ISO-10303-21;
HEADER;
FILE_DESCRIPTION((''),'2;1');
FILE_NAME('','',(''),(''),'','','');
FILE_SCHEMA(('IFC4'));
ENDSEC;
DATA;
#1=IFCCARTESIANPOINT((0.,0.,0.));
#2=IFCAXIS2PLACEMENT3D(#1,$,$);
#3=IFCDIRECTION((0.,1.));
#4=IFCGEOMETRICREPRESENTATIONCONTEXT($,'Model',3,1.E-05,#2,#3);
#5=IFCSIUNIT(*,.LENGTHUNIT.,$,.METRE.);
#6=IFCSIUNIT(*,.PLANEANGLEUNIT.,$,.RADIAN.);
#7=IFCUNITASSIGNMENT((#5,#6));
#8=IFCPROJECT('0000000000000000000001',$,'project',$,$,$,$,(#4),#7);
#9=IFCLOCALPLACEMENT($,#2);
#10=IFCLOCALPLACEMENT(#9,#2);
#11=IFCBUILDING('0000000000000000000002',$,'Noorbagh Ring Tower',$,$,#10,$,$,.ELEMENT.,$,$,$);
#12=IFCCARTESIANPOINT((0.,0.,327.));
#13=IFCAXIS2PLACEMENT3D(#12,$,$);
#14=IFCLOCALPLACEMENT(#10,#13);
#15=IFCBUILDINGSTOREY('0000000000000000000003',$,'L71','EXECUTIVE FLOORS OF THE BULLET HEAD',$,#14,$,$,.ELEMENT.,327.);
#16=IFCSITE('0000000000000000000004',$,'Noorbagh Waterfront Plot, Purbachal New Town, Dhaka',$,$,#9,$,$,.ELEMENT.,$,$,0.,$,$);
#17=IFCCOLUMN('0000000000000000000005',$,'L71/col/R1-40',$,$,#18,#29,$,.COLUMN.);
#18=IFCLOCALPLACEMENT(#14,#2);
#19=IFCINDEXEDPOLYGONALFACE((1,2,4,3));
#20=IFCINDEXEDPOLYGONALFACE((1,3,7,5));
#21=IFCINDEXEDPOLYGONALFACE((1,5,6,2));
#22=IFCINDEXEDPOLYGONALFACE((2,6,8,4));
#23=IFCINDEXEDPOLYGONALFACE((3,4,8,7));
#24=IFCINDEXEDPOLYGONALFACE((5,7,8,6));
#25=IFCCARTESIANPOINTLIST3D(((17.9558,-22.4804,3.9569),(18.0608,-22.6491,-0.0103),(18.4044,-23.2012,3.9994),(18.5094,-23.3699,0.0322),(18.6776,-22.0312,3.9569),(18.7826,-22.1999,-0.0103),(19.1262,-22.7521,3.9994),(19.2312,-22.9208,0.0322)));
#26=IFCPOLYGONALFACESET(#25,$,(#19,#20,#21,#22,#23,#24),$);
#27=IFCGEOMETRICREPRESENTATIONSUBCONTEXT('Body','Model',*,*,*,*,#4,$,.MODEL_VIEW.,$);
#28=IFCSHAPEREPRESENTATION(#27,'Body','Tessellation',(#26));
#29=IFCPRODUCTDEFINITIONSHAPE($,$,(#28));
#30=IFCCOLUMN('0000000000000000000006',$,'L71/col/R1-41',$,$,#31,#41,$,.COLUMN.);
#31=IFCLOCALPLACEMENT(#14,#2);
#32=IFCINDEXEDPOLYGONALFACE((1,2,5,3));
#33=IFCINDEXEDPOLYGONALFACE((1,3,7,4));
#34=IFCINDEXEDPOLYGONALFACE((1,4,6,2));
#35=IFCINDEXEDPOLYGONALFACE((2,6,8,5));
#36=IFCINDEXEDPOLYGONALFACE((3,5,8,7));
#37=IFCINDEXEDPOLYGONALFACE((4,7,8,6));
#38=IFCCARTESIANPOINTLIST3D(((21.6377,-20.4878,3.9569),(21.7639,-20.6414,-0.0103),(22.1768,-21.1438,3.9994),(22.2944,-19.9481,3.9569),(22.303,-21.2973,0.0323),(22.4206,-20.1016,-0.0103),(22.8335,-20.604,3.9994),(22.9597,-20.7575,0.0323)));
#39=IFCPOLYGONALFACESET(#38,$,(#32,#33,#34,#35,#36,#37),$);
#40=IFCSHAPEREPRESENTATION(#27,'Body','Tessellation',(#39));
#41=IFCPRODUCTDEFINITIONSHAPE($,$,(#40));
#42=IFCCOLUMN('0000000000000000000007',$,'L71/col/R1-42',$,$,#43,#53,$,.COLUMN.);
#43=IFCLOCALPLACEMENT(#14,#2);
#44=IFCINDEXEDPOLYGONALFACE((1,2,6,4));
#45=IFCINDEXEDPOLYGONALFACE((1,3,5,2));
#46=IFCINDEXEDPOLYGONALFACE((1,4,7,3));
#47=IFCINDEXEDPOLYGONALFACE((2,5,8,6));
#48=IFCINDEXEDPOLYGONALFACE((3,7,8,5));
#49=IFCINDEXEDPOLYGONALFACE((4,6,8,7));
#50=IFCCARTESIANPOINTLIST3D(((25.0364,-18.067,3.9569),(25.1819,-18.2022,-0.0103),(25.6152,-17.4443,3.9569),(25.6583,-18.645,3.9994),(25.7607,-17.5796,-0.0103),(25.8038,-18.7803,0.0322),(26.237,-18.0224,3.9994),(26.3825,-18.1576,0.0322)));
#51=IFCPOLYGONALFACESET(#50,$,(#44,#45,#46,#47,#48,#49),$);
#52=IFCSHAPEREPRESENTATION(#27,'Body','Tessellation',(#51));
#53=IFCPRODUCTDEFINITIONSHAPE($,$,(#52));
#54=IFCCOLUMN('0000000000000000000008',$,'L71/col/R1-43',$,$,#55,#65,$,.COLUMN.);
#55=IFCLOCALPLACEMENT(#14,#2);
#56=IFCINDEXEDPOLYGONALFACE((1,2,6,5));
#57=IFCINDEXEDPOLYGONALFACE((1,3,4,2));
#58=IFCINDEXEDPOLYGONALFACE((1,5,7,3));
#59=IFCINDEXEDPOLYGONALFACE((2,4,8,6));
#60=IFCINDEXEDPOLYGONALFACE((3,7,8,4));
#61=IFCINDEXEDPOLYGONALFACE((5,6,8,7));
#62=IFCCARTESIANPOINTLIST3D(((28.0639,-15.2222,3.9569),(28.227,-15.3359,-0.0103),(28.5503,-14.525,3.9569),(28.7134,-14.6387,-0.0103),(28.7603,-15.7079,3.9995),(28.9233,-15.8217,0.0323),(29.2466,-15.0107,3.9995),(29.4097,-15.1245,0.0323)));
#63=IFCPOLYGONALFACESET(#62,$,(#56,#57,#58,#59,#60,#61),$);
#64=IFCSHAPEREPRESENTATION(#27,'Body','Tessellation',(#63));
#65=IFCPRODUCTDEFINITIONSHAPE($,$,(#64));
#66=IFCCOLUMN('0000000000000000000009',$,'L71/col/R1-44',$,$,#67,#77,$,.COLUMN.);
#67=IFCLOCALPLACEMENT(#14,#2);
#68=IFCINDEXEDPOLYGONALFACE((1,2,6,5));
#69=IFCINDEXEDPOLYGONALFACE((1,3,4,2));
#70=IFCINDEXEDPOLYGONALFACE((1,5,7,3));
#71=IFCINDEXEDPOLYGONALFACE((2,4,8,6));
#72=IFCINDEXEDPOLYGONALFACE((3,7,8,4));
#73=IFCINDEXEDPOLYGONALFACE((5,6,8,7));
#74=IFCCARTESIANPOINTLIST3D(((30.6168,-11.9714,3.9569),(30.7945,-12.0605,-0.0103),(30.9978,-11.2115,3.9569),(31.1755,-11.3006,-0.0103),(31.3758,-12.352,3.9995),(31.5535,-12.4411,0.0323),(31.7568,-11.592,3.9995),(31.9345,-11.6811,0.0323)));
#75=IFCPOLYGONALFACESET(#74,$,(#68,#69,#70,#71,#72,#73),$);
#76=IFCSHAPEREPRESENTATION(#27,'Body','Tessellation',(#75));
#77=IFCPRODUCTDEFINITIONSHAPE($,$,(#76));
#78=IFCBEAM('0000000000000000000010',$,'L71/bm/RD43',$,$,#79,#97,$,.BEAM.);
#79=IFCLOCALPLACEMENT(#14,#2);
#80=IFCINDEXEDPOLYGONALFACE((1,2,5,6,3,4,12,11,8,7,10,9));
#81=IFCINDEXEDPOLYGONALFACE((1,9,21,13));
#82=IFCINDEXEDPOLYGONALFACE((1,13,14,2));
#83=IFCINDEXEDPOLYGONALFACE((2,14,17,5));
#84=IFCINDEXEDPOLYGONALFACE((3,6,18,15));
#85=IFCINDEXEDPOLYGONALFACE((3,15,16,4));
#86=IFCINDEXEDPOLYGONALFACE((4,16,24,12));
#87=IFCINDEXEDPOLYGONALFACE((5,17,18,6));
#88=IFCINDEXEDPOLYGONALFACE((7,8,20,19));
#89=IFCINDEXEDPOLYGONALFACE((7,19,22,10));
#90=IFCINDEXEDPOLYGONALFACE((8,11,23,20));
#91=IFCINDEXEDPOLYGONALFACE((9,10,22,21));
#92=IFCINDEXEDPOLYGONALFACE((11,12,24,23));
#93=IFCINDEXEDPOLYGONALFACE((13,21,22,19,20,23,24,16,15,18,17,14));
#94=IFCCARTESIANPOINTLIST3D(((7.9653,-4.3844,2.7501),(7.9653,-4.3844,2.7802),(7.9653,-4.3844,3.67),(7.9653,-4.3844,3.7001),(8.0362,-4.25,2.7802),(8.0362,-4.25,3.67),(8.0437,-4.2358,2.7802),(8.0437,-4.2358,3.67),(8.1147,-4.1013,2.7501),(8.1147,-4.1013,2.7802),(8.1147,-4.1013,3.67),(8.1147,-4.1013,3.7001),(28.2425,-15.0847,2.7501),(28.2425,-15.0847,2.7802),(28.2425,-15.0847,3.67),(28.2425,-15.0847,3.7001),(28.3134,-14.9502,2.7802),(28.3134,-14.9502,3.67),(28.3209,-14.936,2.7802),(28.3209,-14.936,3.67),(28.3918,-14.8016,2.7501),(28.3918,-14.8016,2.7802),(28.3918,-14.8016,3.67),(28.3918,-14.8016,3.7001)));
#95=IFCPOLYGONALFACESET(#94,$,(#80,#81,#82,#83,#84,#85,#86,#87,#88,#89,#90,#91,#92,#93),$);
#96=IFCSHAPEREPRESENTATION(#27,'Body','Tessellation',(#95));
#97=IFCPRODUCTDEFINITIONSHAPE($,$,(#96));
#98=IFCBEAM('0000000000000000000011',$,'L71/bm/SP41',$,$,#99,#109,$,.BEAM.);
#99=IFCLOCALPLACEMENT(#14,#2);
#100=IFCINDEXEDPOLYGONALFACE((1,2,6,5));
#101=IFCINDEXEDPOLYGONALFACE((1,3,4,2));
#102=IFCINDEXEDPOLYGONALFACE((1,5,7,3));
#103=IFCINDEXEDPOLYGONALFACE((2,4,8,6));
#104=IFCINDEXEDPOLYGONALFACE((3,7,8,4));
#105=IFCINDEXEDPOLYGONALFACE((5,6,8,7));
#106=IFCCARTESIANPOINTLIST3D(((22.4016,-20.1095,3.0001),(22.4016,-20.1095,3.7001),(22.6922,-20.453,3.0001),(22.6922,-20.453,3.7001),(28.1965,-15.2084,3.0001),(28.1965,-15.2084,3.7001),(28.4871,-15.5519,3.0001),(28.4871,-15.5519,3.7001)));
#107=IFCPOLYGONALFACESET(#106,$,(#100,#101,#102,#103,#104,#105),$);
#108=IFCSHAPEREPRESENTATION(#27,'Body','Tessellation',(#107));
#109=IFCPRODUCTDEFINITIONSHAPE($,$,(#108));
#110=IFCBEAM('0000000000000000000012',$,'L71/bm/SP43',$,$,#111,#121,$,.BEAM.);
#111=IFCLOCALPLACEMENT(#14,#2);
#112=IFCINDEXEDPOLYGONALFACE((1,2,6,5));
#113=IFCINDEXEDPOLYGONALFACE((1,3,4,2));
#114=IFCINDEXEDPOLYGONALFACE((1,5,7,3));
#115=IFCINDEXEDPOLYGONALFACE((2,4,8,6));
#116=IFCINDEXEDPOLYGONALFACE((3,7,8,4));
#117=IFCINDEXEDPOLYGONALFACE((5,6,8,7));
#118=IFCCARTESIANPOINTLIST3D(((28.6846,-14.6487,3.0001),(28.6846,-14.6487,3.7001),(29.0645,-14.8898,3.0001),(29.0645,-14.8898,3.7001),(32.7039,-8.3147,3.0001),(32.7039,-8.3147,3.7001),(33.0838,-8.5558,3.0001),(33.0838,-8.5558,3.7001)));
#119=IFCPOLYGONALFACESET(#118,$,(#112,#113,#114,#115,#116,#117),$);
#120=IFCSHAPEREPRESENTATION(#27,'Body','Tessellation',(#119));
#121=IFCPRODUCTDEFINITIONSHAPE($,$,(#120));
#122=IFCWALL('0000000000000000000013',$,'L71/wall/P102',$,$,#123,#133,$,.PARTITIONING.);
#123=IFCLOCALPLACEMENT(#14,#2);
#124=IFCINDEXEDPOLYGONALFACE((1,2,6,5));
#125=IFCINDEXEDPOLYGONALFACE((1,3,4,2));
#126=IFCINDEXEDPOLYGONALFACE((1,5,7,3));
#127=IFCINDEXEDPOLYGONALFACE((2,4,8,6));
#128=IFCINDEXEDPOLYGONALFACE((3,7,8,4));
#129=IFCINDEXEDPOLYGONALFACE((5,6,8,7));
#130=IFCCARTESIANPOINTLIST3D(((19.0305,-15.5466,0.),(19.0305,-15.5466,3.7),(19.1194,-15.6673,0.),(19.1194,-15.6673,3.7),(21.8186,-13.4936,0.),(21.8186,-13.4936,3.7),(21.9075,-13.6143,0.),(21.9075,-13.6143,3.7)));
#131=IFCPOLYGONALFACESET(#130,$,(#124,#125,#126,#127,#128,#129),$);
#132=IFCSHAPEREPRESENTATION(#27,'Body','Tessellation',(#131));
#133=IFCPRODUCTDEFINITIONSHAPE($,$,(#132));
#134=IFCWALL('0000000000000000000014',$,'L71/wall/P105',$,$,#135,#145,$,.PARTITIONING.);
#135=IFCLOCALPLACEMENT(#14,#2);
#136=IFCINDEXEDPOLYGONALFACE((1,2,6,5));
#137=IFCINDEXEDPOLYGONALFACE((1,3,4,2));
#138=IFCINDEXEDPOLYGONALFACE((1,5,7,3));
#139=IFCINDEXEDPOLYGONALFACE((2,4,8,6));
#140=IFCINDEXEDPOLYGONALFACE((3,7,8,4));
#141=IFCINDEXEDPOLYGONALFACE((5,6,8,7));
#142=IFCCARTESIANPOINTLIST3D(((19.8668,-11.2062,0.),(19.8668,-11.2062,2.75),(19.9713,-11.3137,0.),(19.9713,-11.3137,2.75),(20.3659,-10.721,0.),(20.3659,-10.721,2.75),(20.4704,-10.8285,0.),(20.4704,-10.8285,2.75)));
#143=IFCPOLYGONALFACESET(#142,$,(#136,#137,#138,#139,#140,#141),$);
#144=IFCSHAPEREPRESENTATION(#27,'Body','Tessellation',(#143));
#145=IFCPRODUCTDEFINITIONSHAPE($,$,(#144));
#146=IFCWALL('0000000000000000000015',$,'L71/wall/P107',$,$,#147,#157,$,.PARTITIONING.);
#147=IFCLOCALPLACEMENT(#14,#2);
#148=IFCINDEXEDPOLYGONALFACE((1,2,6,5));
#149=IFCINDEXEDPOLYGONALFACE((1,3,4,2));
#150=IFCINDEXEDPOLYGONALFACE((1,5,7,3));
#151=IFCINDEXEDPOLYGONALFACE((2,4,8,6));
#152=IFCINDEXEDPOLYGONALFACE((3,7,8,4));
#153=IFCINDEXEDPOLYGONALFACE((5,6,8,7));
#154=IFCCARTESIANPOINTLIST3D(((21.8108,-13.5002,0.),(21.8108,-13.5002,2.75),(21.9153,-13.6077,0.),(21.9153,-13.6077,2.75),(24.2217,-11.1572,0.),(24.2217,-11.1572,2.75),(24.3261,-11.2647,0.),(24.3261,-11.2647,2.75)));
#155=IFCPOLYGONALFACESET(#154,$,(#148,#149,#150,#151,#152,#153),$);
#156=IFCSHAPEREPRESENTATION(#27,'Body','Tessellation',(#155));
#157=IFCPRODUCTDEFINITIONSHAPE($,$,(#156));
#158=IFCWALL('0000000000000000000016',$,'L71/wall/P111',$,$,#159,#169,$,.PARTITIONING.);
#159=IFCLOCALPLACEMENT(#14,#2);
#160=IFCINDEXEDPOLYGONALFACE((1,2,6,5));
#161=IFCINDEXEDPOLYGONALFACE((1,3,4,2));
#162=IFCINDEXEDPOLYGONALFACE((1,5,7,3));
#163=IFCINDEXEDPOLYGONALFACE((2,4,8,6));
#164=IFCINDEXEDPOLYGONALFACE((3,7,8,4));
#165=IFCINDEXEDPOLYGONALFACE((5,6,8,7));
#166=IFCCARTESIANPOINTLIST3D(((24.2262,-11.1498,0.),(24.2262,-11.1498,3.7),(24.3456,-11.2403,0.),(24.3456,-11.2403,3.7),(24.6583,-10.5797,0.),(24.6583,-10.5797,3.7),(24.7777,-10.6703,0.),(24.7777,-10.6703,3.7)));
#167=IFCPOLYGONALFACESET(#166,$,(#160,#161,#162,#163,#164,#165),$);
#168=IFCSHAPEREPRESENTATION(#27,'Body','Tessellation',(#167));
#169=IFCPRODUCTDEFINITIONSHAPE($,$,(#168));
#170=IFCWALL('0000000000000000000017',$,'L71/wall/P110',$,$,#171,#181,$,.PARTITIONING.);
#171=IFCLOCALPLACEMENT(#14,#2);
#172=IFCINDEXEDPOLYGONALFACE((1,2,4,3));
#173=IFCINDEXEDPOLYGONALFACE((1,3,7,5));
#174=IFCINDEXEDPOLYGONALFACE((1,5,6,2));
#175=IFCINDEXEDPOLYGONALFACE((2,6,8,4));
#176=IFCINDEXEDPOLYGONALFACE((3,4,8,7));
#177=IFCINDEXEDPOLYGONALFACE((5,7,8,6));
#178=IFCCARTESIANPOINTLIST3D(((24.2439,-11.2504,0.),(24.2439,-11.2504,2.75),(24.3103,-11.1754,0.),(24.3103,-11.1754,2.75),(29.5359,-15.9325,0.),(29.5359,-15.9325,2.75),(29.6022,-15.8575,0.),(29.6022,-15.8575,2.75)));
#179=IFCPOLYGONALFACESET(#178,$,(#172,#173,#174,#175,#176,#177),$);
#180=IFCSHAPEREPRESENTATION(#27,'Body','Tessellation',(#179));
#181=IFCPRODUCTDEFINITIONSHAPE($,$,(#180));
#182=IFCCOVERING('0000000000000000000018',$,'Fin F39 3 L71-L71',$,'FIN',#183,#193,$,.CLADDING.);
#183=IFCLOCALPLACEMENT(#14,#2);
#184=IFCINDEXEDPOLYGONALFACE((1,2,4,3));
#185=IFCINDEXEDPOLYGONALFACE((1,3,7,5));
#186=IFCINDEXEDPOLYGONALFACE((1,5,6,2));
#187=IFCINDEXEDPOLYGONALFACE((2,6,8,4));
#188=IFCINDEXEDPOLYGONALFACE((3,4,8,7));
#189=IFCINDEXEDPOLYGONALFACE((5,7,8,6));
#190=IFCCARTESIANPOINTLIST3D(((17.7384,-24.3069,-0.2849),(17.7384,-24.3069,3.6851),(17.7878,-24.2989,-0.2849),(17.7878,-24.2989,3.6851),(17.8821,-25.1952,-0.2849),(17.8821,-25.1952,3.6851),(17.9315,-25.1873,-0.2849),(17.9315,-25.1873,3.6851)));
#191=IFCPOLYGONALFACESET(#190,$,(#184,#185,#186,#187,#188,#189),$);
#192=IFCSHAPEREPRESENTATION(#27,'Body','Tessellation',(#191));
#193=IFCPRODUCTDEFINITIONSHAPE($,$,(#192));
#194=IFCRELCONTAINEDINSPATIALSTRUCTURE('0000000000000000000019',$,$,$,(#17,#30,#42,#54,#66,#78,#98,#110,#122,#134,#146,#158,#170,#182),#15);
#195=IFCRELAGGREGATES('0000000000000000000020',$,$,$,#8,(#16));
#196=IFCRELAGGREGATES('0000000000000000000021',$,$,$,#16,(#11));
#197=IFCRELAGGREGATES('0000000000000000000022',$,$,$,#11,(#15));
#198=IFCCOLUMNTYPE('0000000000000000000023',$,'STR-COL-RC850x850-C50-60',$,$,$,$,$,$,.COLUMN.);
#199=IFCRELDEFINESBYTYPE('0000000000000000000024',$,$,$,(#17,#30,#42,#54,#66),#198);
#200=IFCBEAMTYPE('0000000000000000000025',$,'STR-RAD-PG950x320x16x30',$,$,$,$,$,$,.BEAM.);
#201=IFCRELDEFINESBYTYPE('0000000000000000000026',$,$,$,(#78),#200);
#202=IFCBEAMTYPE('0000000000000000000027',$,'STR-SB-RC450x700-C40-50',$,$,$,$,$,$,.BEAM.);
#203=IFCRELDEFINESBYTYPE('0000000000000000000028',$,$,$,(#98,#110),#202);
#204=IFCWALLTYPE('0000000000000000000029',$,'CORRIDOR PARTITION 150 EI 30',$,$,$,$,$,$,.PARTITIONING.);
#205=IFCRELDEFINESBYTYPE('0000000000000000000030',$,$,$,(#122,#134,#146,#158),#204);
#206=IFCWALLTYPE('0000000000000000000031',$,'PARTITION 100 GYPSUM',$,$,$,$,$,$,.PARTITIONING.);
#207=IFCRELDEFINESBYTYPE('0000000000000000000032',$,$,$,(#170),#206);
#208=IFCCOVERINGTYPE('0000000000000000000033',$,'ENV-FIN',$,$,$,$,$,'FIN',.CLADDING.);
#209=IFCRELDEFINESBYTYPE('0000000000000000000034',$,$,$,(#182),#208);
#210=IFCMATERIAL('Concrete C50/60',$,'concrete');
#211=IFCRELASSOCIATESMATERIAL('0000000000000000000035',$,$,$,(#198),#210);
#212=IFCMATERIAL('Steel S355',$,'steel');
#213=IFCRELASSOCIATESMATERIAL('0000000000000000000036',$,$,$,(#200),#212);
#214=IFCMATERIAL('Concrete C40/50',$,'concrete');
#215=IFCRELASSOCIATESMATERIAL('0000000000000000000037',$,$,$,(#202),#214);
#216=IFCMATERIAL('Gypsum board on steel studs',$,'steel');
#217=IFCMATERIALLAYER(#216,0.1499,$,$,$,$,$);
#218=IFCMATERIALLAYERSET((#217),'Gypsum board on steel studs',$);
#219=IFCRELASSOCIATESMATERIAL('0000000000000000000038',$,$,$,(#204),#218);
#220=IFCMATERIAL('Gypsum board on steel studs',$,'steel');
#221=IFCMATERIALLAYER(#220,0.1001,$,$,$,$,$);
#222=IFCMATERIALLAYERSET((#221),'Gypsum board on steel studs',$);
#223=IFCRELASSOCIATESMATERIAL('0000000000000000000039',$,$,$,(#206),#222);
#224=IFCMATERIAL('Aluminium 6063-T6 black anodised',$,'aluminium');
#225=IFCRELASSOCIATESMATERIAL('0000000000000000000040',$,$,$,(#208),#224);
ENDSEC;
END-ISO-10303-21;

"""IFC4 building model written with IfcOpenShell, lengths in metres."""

from ifc_helpers import new_model, si_unit, direction, frame, frame_2d, origin, origin_2d, place, context, subcontext, project, spatial, rectangle, i_section, extrude, material, layer, layer_set, material_profile, profile_set, type_object, element, save


model = new_model("IFC4")

# Units and contexts
model_context = context("Model", 3, precision=1e-05, world=origin(), true_north=direction((0.0, 1.0)))
body_context = subcontext(model_context, "Body", "Model", "MODEL_VIEW")
ifc_project = project(units=[si_unit("LENGTHUNIT", "METRE"), si_unit("PLANEANGLEUNIT", "RADIAN")], contexts=[model_context])

# Site, building, storey
site_placement = place(None, origin())
site = spatial("IfcSite", under=ifc_project, at=site_placement, Name="Noorbagh Waterfront Plot, Purbachal New Town, Dhaka", CompositionType="ELEMENT", RefElevation=0.0)
building_placement = place(site_placement, origin())
building = spatial("IfcBuilding", under=site, at=building_placement, Name="Noorbagh Ring Tower", CompositionType="ELEMENT")
storey_placement = place(building_placement, frame((0.0, 0.0, 327.0)))
storey = spatial("IfcBuildingStorey", under=building, at=storey_placement, Name="L71", Description="EXECUTIVE FLOORS OF THE BULLET HEAD", CompositionType="ELEMENT", Elevation=327.0)

# Columns
ifc_material_1 = material(Name="Concrete C50/60", Category="concrete")
ifc_material_profile_1 = material_profile(ifc_material_1, rectangle(XDim=0.8501, YDim=0.8501, at=origin_2d()), Name="RC850x850")
ifc_profile_set_1 = profile_set([ifc_material_profile_1], Name="Concrete C50/60")
column_type = type_object("IfcColumnType", Name="STR-COL-RC850x850-C50-60", PredefinedType="COLUMN", material=ifc_profile_set_1)
for number, where, z_axis, x_axis, name in (
    (1, (18.646, -22.7849, 0.011), (-0.026428, 0.04247, 0.998748), (-0.849032, -0.528341, 0.0), "L71/col/R1-40"),
    (2, (22.3618, -20.6995, 0.011), (-0.031776, 0.038659, 0.998747), (-0.772533, -0.634975, 0.0), "L71/col/R1-41"),
    (3, (25.7822, -18.1799, 0.011), (-0.036631, 0.03405, 0.998749), (-0.680828, -0.732443, 0.0), "L71/col/R1-42"),
    (4, (28.8184, -15.2302, 0.011), (-0.041056, 0.028641, 0.998746), (-0.572143, -0.820154, 0.0), "L71/col/R1-43"),
    (5, (31.3645, -11.8708, 0.011), (-0.044744, 0.022433, 0.998747), (-0.448196, -0.893935, 0.0), "L71/col/R1-44"),
):
    element("IfcColumn", number, at=place(storey_placement, frame(where, z_axis=z_axis, x_axis=x_axis)), inside=storey, type_object=column_type, Name=name, PredefinedType="COLUMN", context=body_context, shape_type="SweptSolid", body=[
        extrude(rectangle(XDim=0.8501, YDim=0.8501, at=origin_2d()), origin(), (0.0, 0.0, 1.0), 3.9722),
    ])

# Beams
ifc_material_2 = material(Name="Steel S355", Category="steel")
ifc_material_profile_2 = material_profile(ifc_material_2, i_section(OverallWidth=0.3201, OverallDepth=0.95, WebThickness=0.0161, FlangeThickness=0.03, at=origin_2d()), Name="PG950x320x16x30")
ifc_profile_set_2 = profile_set([ifc_material_profile_2], Name="Steel S355")
beam_type_1 = type_object("IfcBeamType", Name="STR-RAD-PG950x320x16x30", PredefinedType="BEAM", material=ifc_profile_set_2)
beam_1_placement = place(storey_placement, frame((28.3171, -14.9431, 3.2251), z_axis=(-0.884414, 0.466704, 0.0), x_axis=(-0.466704, -0.884414, 0.0)))
element("IfcBeam", 6, at=beam_1_placement, inside=storey, type_object=beam_type_1, Name="L71/bm/RD43", PredefinedType="BEAM", context=body_context, shape_type="SweptSolid", body=[
    extrude(i_section(OverallWidth=0.3201, OverallDepth=0.95, WebThickness=0.0161, FlangeThickness=0.03, at=origin_2d()), origin(), (0.0, 0.0, 1.0), 22.9272),
])
ifc_material_3 = material(Name="Concrete C40/50", Category="concrete")
ifc_material_profile_3 = material_profile(ifc_material_3, rectangle(XDim=0.45, YDim=0.7, at=origin_2d()), Name="RC450x700")
ifc_profile_set_3 = profile_set([ifc_material_profile_3], Name="Concrete C40/50")
beam_type_2 = type_object("IfcBeamType", Name="STR-SB-RC450x700-C40-50", PredefinedType="BEAM", material=ifc_profile_set_3)
beam_2_placement = place(storey_placement, frame((22.5469, -20.2812, 3.3501), z_axis=(0.763534, 0.645768, 0.0), x_axis=(-0.645768, 0.763534, 0.0)))
element("IfcBeam", 7, at=beam_2_placement, inside=storey, type_object=beam_type_2, Name="L71/bm/SP41", PredefinedType="BEAM", context=body_context, shape_type="SweptSolid", body=[
    extrude(rectangle(XDim=0.45, YDim=0.7, at=origin_2d()), origin(), (0.0, 0.0, 1.0), 7.5896),
])
beam_3_placement = place(storey_placement, frame((28.8745, -14.7693, 3.3501), z_axis=(0.535791, 0.844351, 0.0), x_axis=(-0.844351, 0.535791, 0.0)))
element("IfcBeam", 8, at=beam_3_placement, inside=storey, type_object=beam_type_2, Name="L71/bm/SP43", PredefinedType="BEAM", context=body_context, shape_type="SweptSolid", body=[
    extrude(rectangle(XDim=0.45, YDim=0.7, at=origin_2d()), origin(), (0.0, 0.0, 1.0), 7.5017),
])

# Walls
ifc_material_4 = material(Name="Gypsum board on steel studs", Category="steel")
ifc_layer_1 = layer(ifc_material_4, 0.1499)
ifc_layer_set_1 = layer_set([ifc_layer_1], Name="Gypsum board on steel studs")
wall_type_1 = type_object("IfcWallType", Name="CORRIDOR PARTITION 150 EI 30", PredefinedType="PARTITIONING", material=ifc_layer_set_1)
wall_1_placement = place(storey_placement, frame((19.075, -15.6069, 0.0), z_axis=(0.0, 0.0, 1.0), x_axis=(0.805249, 0.592937, 0.0)))
element("IfcWall", 9, at=wall_1_placement, inside=storey, type_object=wall_type_1, Name="L71/wall/P102", PredefinedType="PARTITIONING", context=body_context, shape_type="SweptSolid", body=[
    extrude(rectangle(XDim=3.4624, YDim=0.1499, at=frame_2d((1.7312, 0.0))), origin(), (0.0, 0.0, 1.0), 3.7),
])
wall_2_placement = place(storey_placement, frame((19.9189, -11.26, 0.0), z_axis=(0.0, 0.0, 1.0), x_axis=(0.717034, 0.697038, 0.0)))
element("IfcWall", 10, at=wall_2_placement, inside=storey, type_object=wall_type_1, Name="L71/wall/P105", PredefinedType="PARTITIONING", context=body_context, shape_type="SweptSolid", body=[
    extrude(rectangle(XDim=0.696, YDim=0.1499, at=frame_2d((0.3481, 0.0))), origin(), (0.0, 0.0, 1.0), 2.75),
])
wall_3_placement = place(storey_placement, frame((21.863, -13.554, 0.0), z_axis=(0.0, 0.0, 1.0), x_axis=(0.717129, 0.69694, 0.0)))
element("IfcWall", 11, at=wall_3_placement, inside=storey, type_object=wall_type_1, Name="L71/wall/P107", PredefinedType="PARTITIONING", context=body_context, shape_type="SweptSolid", body=[
    extrude(rectangle(XDim=3.3618, YDim=0.1499, at=frame_2d((1.6809, 0.0))), origin(), (0.0, 0.0, 1.0), 2.75),
])
wall_4_placement = place(storey_placement, frame((24.2859, -11.1951, 0.0), z_axis=(0.0, 0.0, 1.0), x_axis=(0.604088, 0.796918, 0.0)))
element("IfcWall", 12, at=wall_4_placement, inside=storey, type_object=wall_type_1, Name="L71/wall/P111", PredefinedType="PARTITIONING", context=body_context, shape_type="SweptSolid", body=[
    extrude(rectangle(XDim=0.7153, YDim=0.1499, at=frame_2d((0.3577, 0.0))), origin(), (0.0, 0.0, 1.0), 3.7),
])
ifc_material_5 = material(Name="Gypsum board on steel studs", Category="steel")
ifc_layer_2 = layer(ifc_material_5, 0.1001)
ifc_layer_set_2 = layer_set([ifc_layer_2], Name="Gypsum board on steel studs")
wall_type_2 = type_object("IfcWallType", Name="PARTITION 100 GYPSUM", PredefinedType="PARTITIONING", material=ifc_layer_set_2)
wall_5_placement = place(storey_placement, frame((24.2771, -11.2129, 0.0), z_axis=(0.0, 0.0, 1.0), x_axis=(0.748944, -0.662634, 0.0)))
element("IfcWall", 13, at=wall_5_placement, inside=storey, type_object=wall_type_2, Name="L71/wall/P110", PredefinedType="PARTITIONING", context=body_context, shape_type="SweptSolid", body=[
    extrude(rectangle(XDim=7.0659, YDim=0.1001, at=frame_2d((3.533, 0.0))), origin(), (0.0, 0.0, 1.0), 2.75),
])

# Covering
ifc_material_6 = material(Name="Aluminium 6063-T6 black anodised", Category="aluminium")
ifc_material_profile_4 = material_profile(ifc_material_6, rectangle(XDim=0.8999, YDim=0.05, at=origin_2d()), Name="900x50")
ifc_profile_set_4 = profile_set([ifc_material_profile_4], Name="Aluminium 6063-T6 black anodised")
covering_type = type_object("IfcCoveringType", Name="ENV-FIN", ElementType="FIN", PredefinedType="CLADDING", material=ifc_profile_set_4)
for number, where, z_axis, x_axis, name in (
    (14, (17.835, -24.7471, -0.2849), (0.0, 0.0, 1.0), (0.159693, -0.987167, 0.0), "Fin F39 3 L71-L71"),
):
    element("IfcCovering", number, at=place(storey_placement, frame(where, z_axis=z_axis, x_axis=x_axis)), inside=storey, type_object=covering_type, Name=name, ObjectType="FIN", PredefinedType="CLADDING", context=body_context, shape_type="SweptSolid", body=[
        extrude(rectangle(XDim=0.8999, YDim=0.05, at=origin_2d()), origin(), (0.0, 0.0, 1.0), 3.97),
    ])

save(model, "model.ifc")
